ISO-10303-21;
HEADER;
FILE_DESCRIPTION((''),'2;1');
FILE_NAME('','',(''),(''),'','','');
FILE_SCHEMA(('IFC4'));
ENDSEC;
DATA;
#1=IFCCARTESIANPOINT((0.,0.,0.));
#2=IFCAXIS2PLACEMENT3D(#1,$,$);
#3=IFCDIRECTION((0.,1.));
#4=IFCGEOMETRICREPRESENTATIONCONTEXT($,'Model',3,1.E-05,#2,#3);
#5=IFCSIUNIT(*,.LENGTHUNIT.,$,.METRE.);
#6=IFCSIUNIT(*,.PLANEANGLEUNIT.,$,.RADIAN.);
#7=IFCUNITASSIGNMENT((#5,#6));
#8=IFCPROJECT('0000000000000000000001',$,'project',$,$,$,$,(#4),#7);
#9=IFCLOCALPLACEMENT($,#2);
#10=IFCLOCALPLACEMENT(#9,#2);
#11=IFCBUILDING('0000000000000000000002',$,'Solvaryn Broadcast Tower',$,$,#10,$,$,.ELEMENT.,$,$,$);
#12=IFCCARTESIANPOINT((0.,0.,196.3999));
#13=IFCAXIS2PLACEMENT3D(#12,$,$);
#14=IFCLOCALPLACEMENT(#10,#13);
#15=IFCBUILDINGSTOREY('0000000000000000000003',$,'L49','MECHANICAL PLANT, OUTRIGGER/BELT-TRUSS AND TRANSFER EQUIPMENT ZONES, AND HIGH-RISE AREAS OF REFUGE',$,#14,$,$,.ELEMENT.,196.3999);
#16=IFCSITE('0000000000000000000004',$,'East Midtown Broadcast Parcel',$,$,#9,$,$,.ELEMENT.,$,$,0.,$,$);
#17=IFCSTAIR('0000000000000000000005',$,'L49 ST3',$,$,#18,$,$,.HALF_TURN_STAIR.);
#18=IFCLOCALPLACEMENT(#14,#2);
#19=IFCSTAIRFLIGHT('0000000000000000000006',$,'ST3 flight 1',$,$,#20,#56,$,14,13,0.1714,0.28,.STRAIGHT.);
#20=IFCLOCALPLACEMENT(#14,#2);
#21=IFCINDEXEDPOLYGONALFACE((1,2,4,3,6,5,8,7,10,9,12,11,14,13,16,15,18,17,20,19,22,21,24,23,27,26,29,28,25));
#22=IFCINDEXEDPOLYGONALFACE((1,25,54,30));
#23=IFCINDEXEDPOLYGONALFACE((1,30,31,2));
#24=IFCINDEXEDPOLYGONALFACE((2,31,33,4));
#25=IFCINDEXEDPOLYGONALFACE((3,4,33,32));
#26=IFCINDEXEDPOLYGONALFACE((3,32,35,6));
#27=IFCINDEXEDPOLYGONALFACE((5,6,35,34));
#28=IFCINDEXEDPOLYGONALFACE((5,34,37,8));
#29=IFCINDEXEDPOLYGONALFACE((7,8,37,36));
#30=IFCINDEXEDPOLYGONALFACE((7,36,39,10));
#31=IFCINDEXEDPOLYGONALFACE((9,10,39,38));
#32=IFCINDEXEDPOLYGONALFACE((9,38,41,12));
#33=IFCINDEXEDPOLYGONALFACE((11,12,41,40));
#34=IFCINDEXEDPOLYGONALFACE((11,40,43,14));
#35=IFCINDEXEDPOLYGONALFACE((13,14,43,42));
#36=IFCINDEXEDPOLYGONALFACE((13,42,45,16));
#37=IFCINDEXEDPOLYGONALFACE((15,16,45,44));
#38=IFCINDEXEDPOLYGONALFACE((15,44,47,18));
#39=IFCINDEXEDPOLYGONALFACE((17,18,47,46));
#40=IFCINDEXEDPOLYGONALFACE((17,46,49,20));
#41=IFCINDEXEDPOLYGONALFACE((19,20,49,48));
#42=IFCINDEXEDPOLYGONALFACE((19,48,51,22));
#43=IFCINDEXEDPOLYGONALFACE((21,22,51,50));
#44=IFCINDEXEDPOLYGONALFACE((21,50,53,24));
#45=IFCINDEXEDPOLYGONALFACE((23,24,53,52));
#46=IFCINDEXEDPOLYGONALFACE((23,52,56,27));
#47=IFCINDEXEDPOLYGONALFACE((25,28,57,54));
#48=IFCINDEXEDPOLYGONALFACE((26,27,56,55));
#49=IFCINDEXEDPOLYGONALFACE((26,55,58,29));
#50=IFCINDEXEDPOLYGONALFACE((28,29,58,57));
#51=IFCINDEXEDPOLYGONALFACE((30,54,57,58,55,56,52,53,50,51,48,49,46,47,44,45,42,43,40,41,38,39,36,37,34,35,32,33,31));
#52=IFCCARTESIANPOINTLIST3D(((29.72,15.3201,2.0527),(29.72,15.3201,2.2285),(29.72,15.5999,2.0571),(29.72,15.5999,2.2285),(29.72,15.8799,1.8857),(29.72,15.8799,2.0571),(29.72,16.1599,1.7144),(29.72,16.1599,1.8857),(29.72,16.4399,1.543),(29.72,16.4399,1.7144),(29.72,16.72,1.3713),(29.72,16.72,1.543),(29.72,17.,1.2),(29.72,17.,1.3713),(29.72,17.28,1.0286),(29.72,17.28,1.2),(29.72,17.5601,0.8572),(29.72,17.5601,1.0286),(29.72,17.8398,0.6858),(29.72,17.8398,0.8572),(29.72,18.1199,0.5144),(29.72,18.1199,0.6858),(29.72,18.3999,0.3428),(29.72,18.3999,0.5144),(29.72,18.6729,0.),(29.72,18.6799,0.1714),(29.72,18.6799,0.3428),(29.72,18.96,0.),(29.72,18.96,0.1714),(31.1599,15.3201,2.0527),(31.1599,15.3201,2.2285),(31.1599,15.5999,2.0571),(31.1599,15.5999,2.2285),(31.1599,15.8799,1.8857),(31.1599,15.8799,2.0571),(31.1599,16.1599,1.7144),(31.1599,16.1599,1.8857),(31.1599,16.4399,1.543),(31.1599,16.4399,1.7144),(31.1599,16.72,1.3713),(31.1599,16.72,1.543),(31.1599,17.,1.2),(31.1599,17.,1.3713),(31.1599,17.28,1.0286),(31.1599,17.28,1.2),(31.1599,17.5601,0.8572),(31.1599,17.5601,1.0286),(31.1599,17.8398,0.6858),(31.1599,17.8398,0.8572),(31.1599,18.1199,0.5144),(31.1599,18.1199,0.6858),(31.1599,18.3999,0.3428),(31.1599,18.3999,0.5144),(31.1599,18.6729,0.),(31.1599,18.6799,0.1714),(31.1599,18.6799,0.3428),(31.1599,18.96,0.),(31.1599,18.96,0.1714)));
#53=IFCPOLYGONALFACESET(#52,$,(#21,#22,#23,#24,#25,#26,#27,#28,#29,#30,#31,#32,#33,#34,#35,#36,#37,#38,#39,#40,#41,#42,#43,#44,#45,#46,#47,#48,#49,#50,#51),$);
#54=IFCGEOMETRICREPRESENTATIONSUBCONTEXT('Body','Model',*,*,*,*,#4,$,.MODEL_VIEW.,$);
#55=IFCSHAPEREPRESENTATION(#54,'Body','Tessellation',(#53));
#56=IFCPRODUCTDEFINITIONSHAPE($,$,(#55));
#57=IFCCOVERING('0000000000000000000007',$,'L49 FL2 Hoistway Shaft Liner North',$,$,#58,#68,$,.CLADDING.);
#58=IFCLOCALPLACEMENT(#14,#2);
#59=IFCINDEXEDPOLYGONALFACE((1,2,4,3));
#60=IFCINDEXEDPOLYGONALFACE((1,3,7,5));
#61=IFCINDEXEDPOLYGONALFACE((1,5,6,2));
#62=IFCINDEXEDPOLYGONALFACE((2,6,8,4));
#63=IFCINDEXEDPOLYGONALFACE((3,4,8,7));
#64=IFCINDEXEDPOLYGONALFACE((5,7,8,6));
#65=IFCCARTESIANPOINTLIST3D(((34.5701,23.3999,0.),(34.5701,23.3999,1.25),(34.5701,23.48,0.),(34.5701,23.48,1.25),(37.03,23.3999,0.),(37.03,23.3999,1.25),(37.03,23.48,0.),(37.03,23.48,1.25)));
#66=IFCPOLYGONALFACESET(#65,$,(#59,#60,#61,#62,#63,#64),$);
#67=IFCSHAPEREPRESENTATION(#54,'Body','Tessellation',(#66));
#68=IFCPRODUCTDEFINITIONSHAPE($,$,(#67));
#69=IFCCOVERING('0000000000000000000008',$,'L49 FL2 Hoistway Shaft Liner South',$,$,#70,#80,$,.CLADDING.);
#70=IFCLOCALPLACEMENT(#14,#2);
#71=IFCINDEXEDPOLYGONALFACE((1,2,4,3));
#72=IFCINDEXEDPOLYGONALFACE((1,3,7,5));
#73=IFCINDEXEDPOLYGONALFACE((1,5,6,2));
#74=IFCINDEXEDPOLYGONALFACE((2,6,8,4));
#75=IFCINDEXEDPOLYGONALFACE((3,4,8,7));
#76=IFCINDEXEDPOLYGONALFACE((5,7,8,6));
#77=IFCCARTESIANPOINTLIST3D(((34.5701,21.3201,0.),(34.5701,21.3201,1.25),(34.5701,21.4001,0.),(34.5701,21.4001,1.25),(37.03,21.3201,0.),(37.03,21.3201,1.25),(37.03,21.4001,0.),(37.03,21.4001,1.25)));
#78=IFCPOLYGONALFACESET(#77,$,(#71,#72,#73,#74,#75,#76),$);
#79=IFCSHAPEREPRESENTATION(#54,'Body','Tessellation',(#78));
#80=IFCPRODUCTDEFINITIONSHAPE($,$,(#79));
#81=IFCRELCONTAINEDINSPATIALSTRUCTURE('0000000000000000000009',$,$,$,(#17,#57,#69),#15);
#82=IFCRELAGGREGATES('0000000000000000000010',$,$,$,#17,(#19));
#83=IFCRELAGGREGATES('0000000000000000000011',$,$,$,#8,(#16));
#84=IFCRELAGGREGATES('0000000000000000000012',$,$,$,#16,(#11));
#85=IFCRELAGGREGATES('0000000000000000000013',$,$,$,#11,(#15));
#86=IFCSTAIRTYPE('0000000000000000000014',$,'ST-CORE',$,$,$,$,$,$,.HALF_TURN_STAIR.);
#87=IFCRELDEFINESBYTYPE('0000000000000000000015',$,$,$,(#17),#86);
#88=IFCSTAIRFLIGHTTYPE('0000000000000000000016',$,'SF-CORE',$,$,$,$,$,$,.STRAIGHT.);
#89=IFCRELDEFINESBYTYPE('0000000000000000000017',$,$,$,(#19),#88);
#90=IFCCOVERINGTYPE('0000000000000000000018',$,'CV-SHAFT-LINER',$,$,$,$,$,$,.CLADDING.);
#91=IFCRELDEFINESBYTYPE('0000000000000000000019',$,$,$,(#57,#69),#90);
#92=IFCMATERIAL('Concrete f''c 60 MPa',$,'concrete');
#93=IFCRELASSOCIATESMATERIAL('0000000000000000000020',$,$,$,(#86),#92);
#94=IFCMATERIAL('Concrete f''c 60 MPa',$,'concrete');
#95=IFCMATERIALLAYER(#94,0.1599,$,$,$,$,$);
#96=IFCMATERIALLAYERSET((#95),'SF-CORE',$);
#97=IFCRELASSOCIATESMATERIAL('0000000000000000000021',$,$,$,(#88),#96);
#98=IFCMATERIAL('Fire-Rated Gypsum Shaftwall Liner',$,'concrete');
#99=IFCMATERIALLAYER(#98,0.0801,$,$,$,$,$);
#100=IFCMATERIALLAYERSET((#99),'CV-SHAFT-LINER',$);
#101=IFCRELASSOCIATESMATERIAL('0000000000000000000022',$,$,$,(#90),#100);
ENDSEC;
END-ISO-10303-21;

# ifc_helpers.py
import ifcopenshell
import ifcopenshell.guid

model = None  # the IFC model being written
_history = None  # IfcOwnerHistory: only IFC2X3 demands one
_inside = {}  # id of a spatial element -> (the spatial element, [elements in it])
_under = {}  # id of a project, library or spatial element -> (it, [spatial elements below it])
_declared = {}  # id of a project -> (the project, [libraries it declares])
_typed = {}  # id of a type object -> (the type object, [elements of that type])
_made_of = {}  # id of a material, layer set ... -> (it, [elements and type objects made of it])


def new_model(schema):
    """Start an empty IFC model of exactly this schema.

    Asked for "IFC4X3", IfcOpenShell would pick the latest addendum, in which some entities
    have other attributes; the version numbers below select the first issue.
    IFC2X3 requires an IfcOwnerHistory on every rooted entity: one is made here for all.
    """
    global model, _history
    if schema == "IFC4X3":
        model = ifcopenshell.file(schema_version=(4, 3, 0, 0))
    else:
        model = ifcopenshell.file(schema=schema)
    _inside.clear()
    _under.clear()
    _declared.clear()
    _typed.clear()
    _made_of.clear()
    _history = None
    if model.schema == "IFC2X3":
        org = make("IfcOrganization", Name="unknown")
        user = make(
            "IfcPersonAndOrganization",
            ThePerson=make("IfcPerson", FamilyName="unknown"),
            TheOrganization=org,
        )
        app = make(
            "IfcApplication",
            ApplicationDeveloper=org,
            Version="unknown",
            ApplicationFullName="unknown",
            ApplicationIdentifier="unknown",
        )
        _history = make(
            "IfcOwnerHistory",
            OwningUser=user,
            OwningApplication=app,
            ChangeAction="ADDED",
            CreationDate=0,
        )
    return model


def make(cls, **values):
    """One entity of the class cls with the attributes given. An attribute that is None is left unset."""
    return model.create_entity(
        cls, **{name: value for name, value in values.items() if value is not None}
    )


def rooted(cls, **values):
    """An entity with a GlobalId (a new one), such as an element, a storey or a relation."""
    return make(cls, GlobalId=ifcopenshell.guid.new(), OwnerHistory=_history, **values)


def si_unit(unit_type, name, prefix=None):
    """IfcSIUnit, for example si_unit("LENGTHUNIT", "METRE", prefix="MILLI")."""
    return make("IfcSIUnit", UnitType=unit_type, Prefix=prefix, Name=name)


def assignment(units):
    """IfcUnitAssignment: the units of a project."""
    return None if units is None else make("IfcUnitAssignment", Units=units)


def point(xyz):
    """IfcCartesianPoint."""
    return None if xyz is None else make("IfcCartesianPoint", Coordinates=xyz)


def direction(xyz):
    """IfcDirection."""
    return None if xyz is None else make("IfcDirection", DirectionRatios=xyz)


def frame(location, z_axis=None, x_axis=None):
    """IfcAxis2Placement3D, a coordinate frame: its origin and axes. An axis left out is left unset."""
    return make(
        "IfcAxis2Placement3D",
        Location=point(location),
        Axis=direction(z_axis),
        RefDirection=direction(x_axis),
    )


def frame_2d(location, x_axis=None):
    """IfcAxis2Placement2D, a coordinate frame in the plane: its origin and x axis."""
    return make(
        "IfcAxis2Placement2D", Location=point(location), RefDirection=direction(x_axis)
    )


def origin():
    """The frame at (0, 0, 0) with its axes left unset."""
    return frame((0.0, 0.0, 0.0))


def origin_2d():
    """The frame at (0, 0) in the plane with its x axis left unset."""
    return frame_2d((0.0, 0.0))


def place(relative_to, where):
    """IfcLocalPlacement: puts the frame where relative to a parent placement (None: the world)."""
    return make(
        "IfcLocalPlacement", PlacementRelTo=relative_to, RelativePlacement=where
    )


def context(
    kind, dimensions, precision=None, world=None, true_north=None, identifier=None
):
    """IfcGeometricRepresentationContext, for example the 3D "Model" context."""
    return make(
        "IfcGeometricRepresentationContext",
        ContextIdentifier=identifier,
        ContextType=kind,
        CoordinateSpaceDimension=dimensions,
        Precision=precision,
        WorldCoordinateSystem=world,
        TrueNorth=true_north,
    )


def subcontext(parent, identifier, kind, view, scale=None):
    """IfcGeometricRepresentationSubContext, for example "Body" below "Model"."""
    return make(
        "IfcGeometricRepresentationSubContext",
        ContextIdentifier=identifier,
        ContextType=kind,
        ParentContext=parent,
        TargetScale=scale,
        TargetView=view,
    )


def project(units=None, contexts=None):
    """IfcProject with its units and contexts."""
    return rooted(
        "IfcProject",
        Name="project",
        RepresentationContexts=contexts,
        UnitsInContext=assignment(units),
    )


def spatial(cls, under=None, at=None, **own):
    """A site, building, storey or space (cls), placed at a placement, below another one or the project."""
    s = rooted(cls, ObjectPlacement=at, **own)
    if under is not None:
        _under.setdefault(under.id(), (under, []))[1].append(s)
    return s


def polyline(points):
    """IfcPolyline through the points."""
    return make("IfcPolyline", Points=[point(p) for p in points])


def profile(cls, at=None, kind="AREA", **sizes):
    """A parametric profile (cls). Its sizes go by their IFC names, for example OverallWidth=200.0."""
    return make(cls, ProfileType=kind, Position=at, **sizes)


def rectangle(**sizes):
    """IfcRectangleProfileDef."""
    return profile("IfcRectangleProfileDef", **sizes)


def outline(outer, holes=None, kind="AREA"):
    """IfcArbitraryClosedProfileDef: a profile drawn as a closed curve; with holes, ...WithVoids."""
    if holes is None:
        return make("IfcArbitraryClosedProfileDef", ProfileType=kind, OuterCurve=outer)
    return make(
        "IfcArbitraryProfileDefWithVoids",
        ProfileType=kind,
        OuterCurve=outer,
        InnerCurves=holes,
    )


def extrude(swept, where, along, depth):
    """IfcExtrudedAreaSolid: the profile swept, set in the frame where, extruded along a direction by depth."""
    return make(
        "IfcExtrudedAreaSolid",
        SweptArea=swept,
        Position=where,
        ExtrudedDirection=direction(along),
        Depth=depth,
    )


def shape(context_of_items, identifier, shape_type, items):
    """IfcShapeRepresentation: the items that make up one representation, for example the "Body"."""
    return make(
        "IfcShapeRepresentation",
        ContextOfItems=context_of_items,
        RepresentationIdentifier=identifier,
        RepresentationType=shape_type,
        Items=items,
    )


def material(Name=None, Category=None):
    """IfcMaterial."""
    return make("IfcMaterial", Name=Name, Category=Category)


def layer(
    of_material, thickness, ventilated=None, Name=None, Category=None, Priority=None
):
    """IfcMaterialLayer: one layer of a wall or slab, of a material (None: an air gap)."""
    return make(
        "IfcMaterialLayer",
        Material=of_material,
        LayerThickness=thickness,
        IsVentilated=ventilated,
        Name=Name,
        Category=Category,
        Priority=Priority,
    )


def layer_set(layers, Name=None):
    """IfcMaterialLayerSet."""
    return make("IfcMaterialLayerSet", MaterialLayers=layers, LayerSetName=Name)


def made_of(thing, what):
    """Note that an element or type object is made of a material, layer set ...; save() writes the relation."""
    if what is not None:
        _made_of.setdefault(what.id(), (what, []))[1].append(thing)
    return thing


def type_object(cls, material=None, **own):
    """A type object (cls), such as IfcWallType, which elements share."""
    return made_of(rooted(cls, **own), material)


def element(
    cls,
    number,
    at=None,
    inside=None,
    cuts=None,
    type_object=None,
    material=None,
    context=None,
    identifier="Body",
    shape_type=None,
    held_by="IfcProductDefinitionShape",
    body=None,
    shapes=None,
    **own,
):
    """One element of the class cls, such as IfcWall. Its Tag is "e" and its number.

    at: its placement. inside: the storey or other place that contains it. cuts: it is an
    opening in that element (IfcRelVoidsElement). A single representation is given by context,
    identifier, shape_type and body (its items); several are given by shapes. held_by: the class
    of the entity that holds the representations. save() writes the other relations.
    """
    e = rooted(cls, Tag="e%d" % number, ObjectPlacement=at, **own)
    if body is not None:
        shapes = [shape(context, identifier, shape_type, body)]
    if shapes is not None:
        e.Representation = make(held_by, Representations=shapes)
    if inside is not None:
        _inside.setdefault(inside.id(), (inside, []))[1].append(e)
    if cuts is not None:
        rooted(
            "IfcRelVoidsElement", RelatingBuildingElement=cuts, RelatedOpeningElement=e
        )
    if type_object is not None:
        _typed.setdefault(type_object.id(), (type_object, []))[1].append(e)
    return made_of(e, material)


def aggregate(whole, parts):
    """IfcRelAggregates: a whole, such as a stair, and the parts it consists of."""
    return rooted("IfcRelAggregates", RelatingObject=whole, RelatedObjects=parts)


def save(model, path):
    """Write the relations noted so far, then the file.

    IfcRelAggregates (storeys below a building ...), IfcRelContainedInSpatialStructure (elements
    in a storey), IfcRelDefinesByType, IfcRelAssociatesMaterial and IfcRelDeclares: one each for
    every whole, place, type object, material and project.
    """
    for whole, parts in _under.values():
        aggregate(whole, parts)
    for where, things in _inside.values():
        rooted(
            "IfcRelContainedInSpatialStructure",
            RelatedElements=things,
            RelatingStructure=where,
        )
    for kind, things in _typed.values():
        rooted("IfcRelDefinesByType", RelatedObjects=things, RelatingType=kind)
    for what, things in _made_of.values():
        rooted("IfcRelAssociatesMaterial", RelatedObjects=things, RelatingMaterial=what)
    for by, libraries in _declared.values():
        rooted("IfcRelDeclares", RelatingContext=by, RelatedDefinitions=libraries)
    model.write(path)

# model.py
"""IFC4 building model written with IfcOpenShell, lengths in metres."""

from ifc_helpers import new_model, si_unit, direction, frame, origin, origin_2d, place, context, subcontext, project, spatial, polyline, rectangle, outline, extrude, material, layer, layer_set, type_object, element, aggregate, save


model = new_model("IFC4")

# Units and contexts
model_context = context("Model", 3, precision=1e-05, world=origin(), true_north=direction((0.0, 1.0)))
body_context = subcontext(model_context, "Body", "Model", "MODEL_VIEW")
ifc_project = project(units=[si_unit("LENGTHUNIT", "METRE"), si_unit("PLANEANGLEUNIT", "RADIAN")], contexts=[model_context])

# Site, building, storey
site_placement = place(None, origin())
site = spatial("IfcSite", under=ifc_project, at=site_placement, Name="East Midtown Broadcast Parcel", CompositionType="ELEMENT", RefElevation=0.0)
building_placement = place(site_placement, origin())
building = spatial("IfcBuilding", under=site, at=building_placement, Name="Solvaryn Broadcast Tower", CompositionType="ELEMENT")
storey_placement = place(building_placement, frame((0.0, 0.0, 196.3999)))
storey = spatial("IfcBuildingStorey", under=building, at=storey_placement, Name="L49", Description="MECHANICAL PLANT, OUTRIGGER/BELT-TRUSS AND TRANSFER EQUIPMENT ZONES, AND HIGH-RISE AREAS OF REFUGE", CompositionType="ELEMENT", Elevation=196.3999)

# Stair, stair flight
ifc_material_1 = material(Name="Concrete f'c 60 MPa", Category="concrete")
stair_type = type_object("IfcStairType", Name="ST-CORE", PredefinedType="HALF_TURN_STAIR", material=ifc_material_1)
stair_placement = place(storey_placement, origin())
stair = element("IfcStair", 1, at=stair_placement, inside=storey, type_object=stair_type, Name="L49 ST3", PredefinedType="HALF_TURN_STAIR")
ifc_material_2 = material(Name="Concrete f'c 60 MPa", Category="concrete")
ifc_layer_1 = layer(ifc_material_2, 0.1599)
ifc_layer_set_1 = layer_set([ifc_layer_1], Name="SF-CORE")
stair_flight_type = type_object("IfcStairFlightType", Name="SF-CORE", PredefinedType="STRAIGHT", material=ifc_layer_set_1)
stair_flight_placement = place(storey_placement, frame((30.4399, 18.96, 0.0), z_axis=(0.0, 0.0, 1.0), x_axis=(0.0, -1.0, 0.0)))
stair_flight = element("IfcStairFlight", 2, at=stair_flight_placement, type_object=stair_flight_type, Name="ST3 flight 1", NumberOfRisers=14, NumberOfTreads=13, PredefinedType="STRAIGHT", RiserHeight=0.1714, TreadLength=0.28, context=body_context, shape_type="SweptSolid", body=[
    extrude(outline(polyline([(0.0, 0.0), (0.0, 0.1714), (0.28, 0.1714), (0.28, 0.3428), (0.5601, 0.3428), (0.5601, 0.5144), (0.8401, 0.5144), (0.8401, 0.6858), (1.1201, 0.6858), (1.1201, 0.8572), (1.3999, 0.8572), (1.3999, 1.0286), (1.6799, 1.0286), (1.6799, 1.2), (1.96, 1.2), (1.96, 1.3713), (2.24, 1.3713), (2.24, 1.543), (2.52, 1.543), (2.52, 1.7144), (2.8, 1.7144), (2.8, 1.8857), (3.0801, 1.8857), (3.0801, 2.0571), (3.3601, 2.0571), (3.3601, 2.2285), (3.6399, 2.2285), (3.6399, 2.3999), (3.6399, 2.0527), (0.2871, 0.0), (0.0, 0.0)])), frame((0.0, 0.72, 0.0), z_axis=(0.0, -1.0, 0.0), x_axis=(1.0, 0.0, 0.0)), (0.0, 0.0, 1.0), 1.4399),
])
aggregate(stair, [stair_flight])

# Coverings
ifc_material_3 = material(Name="Fire-Rated Gypsum Shaftwall Liner", Category="concrete")
ifc_layer_2 = layer(ifc_material_3, 0.0801)
ifc_layer_set_2 = layer_set([ifc_layer_2], Name="CV-SHAFT-LINER")
covering_type = type_object("IfcCoveringType", Name="CV-SHAFT-LINER", PredefinedType="CLADDING", material=ifc_layer_set_2)
for number, where, z_axis, x_axis, name in (
    (3, (35.8, 23.4399, 0.0), (0.0, 0.0, 1.0), (1.0, 0.0, 0.0), "L49 FL2 Hoistway Shaft Liner North"),
    (4, (35.8, 21.3601, 0.0), (0.0, 0.0, 1.0), (1.0, 0.0, 0.0), "L49 FL2 Hoistway Shaft Liner South"),
):
    element("IfcCovering", number, at=place(storey_placement, frame(where, z_axis=z_axis, x_axis=x_axis)), inside=storey, type_object=covering_type, Name=name, PredefinedType="CLADDING", context=body_context, shape_type="SweptSolid", body=[
        extrude(rectangle(XDim=2.46, YDim=0.0801, at=origin_2d()), origin(), (0.0, 0.0, 1.0), 1.25),
    ])

save(model, "model.ifc")
